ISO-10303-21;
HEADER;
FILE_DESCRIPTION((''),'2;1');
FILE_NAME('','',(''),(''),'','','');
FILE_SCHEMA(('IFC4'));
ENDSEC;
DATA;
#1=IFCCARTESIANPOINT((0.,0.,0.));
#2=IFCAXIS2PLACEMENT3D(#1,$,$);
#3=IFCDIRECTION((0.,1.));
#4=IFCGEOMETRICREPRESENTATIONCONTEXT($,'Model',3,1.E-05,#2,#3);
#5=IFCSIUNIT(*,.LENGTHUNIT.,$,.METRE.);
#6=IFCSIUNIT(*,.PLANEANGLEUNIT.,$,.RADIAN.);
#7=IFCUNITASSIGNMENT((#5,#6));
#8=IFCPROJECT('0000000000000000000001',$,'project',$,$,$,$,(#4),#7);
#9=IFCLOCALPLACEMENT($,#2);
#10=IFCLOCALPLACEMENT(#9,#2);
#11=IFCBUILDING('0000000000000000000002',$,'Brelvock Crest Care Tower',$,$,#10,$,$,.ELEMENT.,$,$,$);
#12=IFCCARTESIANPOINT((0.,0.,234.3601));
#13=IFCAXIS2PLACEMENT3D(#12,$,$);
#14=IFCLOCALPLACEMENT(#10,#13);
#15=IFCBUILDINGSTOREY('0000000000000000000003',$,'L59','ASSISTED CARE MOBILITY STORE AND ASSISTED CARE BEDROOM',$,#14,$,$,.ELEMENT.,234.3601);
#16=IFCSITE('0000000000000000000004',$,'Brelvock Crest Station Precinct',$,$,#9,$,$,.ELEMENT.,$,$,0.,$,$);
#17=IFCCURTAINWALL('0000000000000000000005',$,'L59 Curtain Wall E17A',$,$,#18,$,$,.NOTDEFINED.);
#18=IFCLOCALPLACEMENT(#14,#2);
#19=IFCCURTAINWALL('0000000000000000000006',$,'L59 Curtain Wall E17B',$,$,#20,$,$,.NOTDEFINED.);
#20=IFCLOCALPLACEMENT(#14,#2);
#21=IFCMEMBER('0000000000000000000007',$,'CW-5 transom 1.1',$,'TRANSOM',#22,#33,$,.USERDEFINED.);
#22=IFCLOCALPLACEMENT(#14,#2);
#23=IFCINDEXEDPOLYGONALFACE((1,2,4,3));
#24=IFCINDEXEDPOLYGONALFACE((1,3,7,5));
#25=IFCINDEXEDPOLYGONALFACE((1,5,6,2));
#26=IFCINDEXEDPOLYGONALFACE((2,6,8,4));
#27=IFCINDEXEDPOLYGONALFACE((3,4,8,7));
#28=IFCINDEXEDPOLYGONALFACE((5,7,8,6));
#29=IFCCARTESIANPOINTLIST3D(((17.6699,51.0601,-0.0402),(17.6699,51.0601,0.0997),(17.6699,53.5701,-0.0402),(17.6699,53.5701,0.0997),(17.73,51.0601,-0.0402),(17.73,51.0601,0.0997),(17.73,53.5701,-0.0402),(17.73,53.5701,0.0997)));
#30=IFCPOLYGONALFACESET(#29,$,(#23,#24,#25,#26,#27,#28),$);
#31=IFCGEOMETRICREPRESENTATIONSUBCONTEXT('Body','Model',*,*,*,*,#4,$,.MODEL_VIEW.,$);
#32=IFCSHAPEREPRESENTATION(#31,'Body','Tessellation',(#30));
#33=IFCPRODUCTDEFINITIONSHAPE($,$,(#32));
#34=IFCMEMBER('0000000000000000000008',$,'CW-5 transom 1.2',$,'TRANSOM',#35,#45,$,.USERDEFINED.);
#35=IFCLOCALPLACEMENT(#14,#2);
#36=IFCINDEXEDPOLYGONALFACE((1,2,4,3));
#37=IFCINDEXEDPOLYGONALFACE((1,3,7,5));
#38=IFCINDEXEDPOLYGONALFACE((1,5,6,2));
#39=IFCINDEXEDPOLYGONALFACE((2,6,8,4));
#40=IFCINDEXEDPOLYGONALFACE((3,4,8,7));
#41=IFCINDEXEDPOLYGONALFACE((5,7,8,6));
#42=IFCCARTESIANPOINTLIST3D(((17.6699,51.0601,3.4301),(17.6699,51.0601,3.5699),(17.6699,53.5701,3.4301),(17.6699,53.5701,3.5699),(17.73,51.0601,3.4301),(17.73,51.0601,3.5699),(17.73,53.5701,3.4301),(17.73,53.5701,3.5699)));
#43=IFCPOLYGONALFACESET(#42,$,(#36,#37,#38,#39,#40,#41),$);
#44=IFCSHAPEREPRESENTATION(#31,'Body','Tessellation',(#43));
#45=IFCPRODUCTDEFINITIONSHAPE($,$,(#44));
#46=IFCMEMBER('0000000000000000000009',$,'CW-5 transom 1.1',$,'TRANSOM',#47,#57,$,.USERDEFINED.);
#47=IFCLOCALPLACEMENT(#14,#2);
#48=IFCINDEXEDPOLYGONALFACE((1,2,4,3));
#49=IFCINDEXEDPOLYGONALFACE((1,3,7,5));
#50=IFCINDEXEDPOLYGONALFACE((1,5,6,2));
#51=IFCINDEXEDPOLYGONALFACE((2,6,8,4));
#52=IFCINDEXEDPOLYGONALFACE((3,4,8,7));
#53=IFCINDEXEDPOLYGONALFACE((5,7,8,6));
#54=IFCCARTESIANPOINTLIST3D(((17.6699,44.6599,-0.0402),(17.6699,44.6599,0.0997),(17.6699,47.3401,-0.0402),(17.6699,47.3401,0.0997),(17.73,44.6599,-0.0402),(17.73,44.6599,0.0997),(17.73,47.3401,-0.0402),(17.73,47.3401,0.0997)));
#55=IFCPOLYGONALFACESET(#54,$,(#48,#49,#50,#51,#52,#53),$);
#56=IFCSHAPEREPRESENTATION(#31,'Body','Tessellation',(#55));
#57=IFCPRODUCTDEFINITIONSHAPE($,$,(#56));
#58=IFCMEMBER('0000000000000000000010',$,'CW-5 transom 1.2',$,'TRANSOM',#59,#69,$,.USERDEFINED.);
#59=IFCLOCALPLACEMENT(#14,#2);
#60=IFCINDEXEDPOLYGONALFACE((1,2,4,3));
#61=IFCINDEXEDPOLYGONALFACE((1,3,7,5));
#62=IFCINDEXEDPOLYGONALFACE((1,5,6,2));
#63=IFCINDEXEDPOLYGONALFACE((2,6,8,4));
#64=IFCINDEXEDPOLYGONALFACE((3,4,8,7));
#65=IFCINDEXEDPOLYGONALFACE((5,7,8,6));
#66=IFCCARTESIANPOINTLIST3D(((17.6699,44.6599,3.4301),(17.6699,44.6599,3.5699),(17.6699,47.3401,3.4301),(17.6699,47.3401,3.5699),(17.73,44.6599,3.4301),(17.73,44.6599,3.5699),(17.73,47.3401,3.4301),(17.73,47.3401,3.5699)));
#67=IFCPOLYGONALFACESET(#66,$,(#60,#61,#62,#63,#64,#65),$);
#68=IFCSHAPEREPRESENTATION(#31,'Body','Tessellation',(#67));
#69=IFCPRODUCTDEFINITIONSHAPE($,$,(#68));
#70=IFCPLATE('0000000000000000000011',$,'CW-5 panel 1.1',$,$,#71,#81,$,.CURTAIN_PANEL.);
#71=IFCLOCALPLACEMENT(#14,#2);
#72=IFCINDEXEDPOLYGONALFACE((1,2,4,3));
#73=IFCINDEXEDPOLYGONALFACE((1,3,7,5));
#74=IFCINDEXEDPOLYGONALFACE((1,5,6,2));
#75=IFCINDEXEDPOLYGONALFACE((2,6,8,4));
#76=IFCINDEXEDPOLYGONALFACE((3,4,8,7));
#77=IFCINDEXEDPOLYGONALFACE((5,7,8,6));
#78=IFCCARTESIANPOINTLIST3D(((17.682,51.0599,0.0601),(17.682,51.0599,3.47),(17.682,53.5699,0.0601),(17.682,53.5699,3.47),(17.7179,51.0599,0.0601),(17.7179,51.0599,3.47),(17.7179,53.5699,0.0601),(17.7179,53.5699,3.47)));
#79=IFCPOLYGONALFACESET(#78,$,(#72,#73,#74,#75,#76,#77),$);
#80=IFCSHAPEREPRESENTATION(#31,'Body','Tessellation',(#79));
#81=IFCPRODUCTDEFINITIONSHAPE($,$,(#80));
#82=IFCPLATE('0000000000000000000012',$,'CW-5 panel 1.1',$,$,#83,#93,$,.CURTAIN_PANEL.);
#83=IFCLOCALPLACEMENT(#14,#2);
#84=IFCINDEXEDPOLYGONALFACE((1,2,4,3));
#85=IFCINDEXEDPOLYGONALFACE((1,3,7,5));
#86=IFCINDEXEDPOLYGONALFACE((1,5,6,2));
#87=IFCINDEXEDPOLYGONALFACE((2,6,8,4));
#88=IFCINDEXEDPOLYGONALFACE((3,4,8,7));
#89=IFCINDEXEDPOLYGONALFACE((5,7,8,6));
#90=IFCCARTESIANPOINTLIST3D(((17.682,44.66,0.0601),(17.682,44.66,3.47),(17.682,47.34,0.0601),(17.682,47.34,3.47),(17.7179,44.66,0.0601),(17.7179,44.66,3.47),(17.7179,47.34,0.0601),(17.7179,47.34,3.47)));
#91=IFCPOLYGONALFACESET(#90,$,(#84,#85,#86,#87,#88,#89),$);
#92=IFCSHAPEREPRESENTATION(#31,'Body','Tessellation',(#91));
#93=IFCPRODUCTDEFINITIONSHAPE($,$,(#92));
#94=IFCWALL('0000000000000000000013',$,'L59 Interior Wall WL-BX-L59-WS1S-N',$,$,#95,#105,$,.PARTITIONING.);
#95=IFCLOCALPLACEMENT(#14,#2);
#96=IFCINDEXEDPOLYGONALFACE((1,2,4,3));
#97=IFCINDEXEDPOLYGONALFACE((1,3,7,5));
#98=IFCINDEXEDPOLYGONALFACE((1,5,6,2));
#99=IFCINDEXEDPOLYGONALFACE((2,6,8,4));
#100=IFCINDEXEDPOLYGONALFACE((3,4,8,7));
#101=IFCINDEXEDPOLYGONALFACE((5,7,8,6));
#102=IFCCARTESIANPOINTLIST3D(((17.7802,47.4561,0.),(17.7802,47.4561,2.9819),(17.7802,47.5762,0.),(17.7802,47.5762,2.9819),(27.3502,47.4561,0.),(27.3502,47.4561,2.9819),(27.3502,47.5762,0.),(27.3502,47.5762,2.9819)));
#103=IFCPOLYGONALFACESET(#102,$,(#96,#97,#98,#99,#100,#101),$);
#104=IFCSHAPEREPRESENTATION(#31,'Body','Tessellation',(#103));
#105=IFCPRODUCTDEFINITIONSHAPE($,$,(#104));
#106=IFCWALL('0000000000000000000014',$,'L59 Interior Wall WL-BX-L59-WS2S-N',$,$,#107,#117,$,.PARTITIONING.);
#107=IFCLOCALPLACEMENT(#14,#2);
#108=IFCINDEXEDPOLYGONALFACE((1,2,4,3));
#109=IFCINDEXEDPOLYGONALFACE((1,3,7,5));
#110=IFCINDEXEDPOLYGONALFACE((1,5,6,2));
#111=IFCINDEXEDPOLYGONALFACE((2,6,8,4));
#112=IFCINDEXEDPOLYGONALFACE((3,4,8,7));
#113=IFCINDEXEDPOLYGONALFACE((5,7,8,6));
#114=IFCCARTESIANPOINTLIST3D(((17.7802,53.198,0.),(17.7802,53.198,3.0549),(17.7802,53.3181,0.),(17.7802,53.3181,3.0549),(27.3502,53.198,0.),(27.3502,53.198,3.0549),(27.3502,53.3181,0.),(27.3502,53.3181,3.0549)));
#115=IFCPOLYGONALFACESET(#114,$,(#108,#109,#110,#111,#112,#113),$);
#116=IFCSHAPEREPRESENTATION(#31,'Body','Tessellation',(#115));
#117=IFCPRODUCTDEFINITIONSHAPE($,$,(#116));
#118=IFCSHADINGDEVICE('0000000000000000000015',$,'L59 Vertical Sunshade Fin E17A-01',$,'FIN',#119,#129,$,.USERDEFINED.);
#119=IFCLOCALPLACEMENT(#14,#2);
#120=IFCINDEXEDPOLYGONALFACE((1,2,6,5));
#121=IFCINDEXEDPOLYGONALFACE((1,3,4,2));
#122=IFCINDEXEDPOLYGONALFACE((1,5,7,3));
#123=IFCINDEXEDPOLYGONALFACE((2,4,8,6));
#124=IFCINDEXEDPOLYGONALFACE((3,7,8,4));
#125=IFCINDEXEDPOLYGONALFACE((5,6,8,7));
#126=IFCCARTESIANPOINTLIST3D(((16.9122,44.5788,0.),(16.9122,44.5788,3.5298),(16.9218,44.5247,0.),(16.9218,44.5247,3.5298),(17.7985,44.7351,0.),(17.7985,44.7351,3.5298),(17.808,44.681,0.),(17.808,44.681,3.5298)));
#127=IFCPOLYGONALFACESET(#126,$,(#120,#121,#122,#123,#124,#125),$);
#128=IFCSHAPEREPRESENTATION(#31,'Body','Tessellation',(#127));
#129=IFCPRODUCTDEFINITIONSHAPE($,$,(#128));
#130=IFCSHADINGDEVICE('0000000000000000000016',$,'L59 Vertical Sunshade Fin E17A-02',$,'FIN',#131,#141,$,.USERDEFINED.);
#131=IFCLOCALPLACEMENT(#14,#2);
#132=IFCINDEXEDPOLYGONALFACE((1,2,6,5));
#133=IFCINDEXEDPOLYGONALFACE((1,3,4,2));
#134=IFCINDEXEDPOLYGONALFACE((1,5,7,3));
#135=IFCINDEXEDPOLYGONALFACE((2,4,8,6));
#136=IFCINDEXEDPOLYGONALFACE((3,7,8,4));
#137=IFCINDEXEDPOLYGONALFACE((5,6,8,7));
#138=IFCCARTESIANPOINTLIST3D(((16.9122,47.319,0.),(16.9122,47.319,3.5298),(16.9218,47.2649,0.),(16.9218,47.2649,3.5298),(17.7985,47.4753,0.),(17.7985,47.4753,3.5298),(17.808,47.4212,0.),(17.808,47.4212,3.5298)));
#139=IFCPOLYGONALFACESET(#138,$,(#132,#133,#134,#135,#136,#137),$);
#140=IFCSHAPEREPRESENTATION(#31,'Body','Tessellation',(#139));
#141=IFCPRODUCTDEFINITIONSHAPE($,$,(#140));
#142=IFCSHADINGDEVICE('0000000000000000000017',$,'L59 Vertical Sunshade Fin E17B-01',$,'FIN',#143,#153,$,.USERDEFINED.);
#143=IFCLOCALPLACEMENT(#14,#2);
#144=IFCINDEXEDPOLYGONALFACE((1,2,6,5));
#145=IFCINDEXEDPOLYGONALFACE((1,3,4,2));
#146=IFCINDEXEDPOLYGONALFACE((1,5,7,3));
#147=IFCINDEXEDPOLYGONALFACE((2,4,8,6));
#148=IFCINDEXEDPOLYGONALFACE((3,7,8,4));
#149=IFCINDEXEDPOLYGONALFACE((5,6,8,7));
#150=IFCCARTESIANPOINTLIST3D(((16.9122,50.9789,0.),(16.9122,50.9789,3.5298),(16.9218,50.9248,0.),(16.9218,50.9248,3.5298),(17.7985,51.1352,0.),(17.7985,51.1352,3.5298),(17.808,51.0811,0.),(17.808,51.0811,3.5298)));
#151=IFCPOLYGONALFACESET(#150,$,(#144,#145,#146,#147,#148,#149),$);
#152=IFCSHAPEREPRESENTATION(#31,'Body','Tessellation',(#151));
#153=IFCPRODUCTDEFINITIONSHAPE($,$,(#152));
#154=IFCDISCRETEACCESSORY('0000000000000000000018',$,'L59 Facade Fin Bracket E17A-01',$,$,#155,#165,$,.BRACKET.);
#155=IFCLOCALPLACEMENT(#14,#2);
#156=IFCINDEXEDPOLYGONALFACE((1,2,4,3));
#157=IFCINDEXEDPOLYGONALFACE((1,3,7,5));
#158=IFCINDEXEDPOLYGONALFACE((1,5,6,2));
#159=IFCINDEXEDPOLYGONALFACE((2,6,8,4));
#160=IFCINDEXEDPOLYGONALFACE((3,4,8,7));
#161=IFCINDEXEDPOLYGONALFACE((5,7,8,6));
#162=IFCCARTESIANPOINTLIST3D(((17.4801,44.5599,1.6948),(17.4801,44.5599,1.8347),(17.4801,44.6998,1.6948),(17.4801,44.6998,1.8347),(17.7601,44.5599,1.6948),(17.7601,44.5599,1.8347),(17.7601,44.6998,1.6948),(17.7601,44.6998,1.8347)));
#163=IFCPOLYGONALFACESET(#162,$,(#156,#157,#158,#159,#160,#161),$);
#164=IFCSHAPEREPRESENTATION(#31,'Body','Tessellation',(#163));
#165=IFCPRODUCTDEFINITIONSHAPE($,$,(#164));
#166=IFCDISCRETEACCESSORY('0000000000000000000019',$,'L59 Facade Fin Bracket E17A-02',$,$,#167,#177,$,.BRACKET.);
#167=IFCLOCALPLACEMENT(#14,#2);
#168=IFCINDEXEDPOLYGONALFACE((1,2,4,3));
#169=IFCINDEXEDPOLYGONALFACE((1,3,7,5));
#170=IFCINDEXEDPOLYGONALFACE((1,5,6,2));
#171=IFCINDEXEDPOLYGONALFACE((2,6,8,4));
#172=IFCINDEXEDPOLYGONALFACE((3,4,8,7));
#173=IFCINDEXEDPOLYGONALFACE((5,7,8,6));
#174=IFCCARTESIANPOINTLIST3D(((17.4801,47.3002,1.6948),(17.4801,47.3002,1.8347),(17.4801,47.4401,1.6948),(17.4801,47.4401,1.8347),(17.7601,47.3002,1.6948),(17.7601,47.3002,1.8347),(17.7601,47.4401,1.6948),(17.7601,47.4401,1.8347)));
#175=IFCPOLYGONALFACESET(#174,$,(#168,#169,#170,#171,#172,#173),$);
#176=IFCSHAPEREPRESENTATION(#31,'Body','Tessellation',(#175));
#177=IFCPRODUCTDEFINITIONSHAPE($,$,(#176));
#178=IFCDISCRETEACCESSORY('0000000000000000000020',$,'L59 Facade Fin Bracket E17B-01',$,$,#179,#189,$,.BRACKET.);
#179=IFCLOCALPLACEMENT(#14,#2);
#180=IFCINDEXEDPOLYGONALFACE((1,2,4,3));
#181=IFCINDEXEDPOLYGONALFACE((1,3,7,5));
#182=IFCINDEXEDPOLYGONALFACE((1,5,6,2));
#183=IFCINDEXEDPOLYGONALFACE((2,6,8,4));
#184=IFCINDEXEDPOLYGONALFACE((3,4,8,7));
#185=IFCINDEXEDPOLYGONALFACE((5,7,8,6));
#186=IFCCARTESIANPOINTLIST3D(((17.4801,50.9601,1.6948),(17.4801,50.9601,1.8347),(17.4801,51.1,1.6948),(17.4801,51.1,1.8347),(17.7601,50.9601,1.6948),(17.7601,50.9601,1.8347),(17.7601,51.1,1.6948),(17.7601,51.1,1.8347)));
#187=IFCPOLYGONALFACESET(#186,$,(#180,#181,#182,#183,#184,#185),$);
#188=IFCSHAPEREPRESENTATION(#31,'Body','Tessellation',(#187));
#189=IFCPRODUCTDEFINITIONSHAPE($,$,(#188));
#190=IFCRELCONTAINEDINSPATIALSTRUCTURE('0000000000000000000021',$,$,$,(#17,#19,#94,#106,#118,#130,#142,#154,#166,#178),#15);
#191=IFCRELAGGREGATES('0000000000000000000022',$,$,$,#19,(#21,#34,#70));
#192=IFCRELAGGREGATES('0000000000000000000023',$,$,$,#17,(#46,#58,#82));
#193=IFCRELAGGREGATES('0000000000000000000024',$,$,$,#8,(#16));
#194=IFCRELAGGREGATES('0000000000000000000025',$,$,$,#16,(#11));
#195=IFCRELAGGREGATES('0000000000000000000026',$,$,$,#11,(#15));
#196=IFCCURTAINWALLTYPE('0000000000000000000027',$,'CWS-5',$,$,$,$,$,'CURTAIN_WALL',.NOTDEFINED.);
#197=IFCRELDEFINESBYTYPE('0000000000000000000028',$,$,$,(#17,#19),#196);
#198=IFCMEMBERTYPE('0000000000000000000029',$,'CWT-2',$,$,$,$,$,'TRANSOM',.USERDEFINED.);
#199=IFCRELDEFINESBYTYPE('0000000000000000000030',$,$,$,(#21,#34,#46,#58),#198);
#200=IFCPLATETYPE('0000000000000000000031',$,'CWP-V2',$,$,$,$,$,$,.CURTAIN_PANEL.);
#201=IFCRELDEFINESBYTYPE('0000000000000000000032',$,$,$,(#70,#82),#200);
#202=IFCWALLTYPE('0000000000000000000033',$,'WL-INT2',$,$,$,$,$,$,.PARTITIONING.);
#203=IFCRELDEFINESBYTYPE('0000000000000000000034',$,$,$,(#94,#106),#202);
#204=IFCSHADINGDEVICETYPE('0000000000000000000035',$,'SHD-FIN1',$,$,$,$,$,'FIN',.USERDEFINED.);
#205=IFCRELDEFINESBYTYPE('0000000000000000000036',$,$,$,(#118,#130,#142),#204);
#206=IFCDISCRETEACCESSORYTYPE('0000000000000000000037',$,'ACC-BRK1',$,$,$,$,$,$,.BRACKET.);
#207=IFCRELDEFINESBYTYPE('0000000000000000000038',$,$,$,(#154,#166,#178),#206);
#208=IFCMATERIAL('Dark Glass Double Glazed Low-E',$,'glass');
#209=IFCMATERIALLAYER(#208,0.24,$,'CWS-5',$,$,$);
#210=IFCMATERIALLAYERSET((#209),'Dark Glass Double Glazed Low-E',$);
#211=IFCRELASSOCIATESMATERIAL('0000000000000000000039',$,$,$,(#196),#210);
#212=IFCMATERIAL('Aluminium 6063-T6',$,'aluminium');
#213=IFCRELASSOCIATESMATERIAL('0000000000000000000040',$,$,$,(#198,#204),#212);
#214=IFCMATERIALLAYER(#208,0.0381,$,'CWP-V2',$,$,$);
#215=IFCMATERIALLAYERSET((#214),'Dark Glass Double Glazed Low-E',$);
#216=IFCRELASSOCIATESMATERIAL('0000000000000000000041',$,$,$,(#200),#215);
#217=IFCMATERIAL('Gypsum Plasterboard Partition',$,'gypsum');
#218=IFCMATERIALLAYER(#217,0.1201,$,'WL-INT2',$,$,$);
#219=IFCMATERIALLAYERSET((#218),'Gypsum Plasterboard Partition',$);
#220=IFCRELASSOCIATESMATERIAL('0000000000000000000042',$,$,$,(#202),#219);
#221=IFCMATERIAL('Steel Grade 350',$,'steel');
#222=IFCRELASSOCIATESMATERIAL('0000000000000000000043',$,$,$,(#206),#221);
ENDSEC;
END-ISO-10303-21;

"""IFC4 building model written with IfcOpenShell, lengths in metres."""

from ifc_helpers import new_model, si_unit, direction, frame, frame_2d, origin, origin_2d, place, context, subcontext, project, spatial, rectangle, extrude, source, transform, mapped, material, layer, layer_set, material_profile, profile_set, type_object, element, aggregate, save


model = new_model("IFC4")

# Units and contexts
model_context = context("Model", 3, precision=1e-05, world=origin(), true_north=direction((0.0, 1.0)))
body_context = subcontext(model_context, "Body", "Model", "MODEL_VIEW")
ifc_project = project(units=[si_unit("LENGTHUNIT", "METRE"), si_unit("PLANEANGLEUNIT", "RADIAN")], contexts=[model_context])

# Site, building, storey
site_placement = place(None, origin())
site = spatial("IfcSite", under=ifc_project, at=site_placement, Name="Brelvock Crest Station Precinct", CompositionType="ELEMENT", RefElevation=0.0)
building_placement = place(site_placement, origin())
building = spatial("IfcBuilding", under=site, at=building_placement, Name="Brelvock Crest Care Tower", CompositionType="ELEMENT")
storey_placement = place(building_placement, frame((0.0, 0.0, 234.3601)))
storey = spatial("IfcBuildingStorey", under=building, at=storey_placement, Name="L59", Description="ASSISTED CARE MOBILITY STORE AND ASSISTED CARE BEDROOM", CompositionType="ELEMENT", Elevation=234.3601)

# Shared definitions
ifc_material_1 = material(Name="Steel Grade 350", Category="steel")

# Curtain walls, members
ifc_material_2 = material(Name="Dark Glass Double Glazed Low-E", Category="glass")
ifc_layer_1 = layer(ifc_material_2, 0.24, Name="CWS-5")
ifc_layer_set_1 = layer_set([ifc_layer_1], Name="Dark Glass Double Glazed Low-E")
curtain_wall_type = type_object("IfcCurtainWallType", Name="CWS-5", ElementType="CURTAIN_WALL", PredefinedType="NOTDEFINED", material=ifc_layer_set_1)
curtain_wall_1_placement = place(storey_placement, origin())
curtain_wall_1 = element("IfcCurtainWall", 1, at=curtain_wall_1_placement, inside=storey, type_object=curtain_wall_type, Name="L59 Curtain Wall E17A", PredefinedType="NOTDEFINED")
ifc_material_3 = material(Name="Aluminium 6063-T6", Category="aluminium")
curtain_wall_2_placement = place(storey_placement, origin())
curtain_wall_2 = element("IfcCurtainWall", 2, at=curtain_wall_2_placement, inside=storey, type_object=curtain_wall_type, Name="L59 Curtain Wall E17B", PredefinedType="NOTDEFINED")
ifc_material_profile_1 = material_profile(ifc_material_3, rectangle(XDim=0.0601, YDim=0.1399, at=origin_2d()), Name="ALU60x140")
ifc_profile_set_1 = profile_set([ifc_material_profile_1], Name="Aluminium 6063-T6")
member_type_1 = type_object("IfcMemberType", Name="CWT-2", ElementType="TRANSOM", PredefinedType="USERDEFINED", material=ifc_profile_set_1)
shared_shape_1 = source(origin(), body_context, "Body", "SweptSolid", [
    extrude(rectangle(XDim=0.0601, YDim=0.1399, at=origin_2d()), origin(), (0.0, 0.0, 1.0), 2.51),
])
member_1_placement = place(storey_placement, frame((17.7, 51.0601, 0.0298), z_axis=(0.0, 1.0, 0.0), x_axis=(-1.0, 0.0, 0.0)))
member_1 = element("IfcMember", 3, at=member_1_placement, type_object=member_type_1, Name="CW-5 transom 1.1", ObjectType="TRANSOM", PredefinedType="USERDEFINED", context=body_context, shape_type="MappedRepresentation", body=[
    mapped(shared_shape_1, transform((0.0, 0.0, 0.0), x_axis=(1.0, 0.0, 0.0), y_axis=(0.0, 1.0, 0.0), z_axis=(0.0, 0.0, 1.0), scale=1.0)),
])
member_2_placement = place(storey_placement, frame((17.7, 51.0601, 3.5), z_axis=(0.0, 1.0, 0.0), x_axis=(-1.0, 0.0, 0.0)))
member_2 = element("IfcMember", 4, at=member_2_placement, type_object=member_type_1, Name="CW-5 transom 1.2", ObjectType="TRANSOM", PredefinedType="USERDEFINED", context=body_context, shape_type="MappedRepresentation", body=[
    mapped(shared_shape_1, transform((0.0, 0.0, 0.0), x_axis=(1.0, 0.0, 0.0), y_axis=(0.0, 1.0, 0.0), z_axis=(0.0, 0.0, 1.0), scale=1.0)),
])

# Members
shared_shape_2 = source(origin(), body_context, "Body", "SweptSolid", [
    extrude(rectangle(XDim=0.0601, YDim=0.1399, at=origin_2d()), origin(), (0.0, 0.0, 1.0), 2.6802),
])
member_3_placement = place(storey_placement, frame((17.7, 44.6599, 0.0298), z_axis=(0.0, 1.0, 0.0), x_axis=(-1.0, 0.0, 0.0)))
member_3 = element("IfcMember", 5, at=member_3_placement, type_object=member_type_1, Name="CW-5 transom 1.1", ObjectType="TRANSOM", PredefinedType="USERDEFINED", context=body_context, shape_type="MappedRepresentation", body=[
    mapped(shared_shape_2, transform((0.0, 0.0, 0.0), x_axis=(1.0, 0.0, 0.0), y_axis=(0.0, 1.0, 0.0), z_axis=(0.0, 0.0, 1.0), scale=1.0)),
])
member_4_placement = place(storey_placement, frame((17.7, 44.6599, 3.5), z_axis=(0.0, 1.0, 0.0), x_axis=(-1.0, 0.0, 0.0)))
member_4 = element("IfcMember", 6, at=member_4_placement, type_object=member_type_1, Name="CW-5 transom 1.2", ObjectType="TRANSOM", PredefinedType="USERDEFINED", context=body_context, shape_type="MappedRepresentation", body=[
    mapped(shared_shape_2, transform((0.0, 0.0, 0.0), x_axis=(1.0, 0.0, 0.0), y_axis=(0.0, 1.0, 0.0), z_axis=(0.0, 0.0, 1.0), scale=1.0)),
])

# Plates
ifc_layer_2 = layer(ifc_material_2, 0.0381, Name="CWP-V2")
ifc_layer_set_2 = layer_set([ifc_layer_2], Name="Dark Glass Double Glazed Low-E")
plate_type = type_object("IfcPlateType", Name="CWP-V2", PredefinedType="CURTAIN_PANEL", material=ifc_layer_set_2)
shared_shape_3 = source(origin(), body_context, "Body", "SweptSolid", [
    extrude(rectangle(XDim=2.51, YDim=0.0359, at=origin_2d()), origin(), (0.0, 0.0, 1.0), 3.4099),
])
plate_1_placement = place(storey_placement, frame((17.7, 52.3149, 0.0601), z_axis=(0.0, 0.0, 1.0), x_axis=(0.0, 1.0, 0.0)))
plate_1 = element("IfcPlate", 7, at=plate_1_placement, type_object=plate_type, Name="CW-5 panel 1.1", PredefinedType="CURTAIN_PANEL", context=body_context, shape_type="MappedRepresentation", body=[
    mapped(shared_shape_3, transform((0.0, 0.0, 0.0), x_axis=(1.0, 0.0, 0.0), y_axis=(0.0, 1.0, 0.0), z_axis=(0.0, 0.0, 1.0), scale=1.0)),
])
aggregate(curtain_wall_2, [member_1, member_2, plate_1])
shared_shape_4 = source(origin(), body_context, "Body", "SweptSolid", [
    extrude(rectangle(XDim=2.6799, YDim=0.0359, at=origin_2d()), origin(), (0.0, 0.0, 1.0), 3.4099),
])
plate_2_placement = place(storey_placement, frame((17.7, 46.0, 0.0601), z_axis=(0.0, 0.0, 1.0), x_axis=(0.0, 1.0, 0.0)))
plate_2 = element("IfcPlate", 8, at=plate_2_placement, type_object=plate_type, Name="CW-5 panel 1.1", PredefinedType="CURTAIN_PANEL", context=body_context, shape_type="MappedRepresentation", body=[
    mapped(shared_shape_4, transform((0.0, 0.0, 0.0), x_axis=(1.0, 0.0, 0.0), y_axis=(0.0, 1.0, 0.0), z_axis=(0.0, 0.0, 1.0), scale=1.0)),
])
aggregate(curtain_wall_1, [member_3, member_4, plate_2])

# Walls
ifc_material_4 = material(Name="Gypsum Plasterboard Partition", Category="gypsum")
ifc_layer_3 = layer(ifc_material_4, 0.1201, Name="WL-INT2")
ifc_layer_set_3 = layer_set([ifc_layer_3], Name="Gypsum Plasterboard Partition")
wall_type_1 = type_object("IfcWallType", Name="WL-INT2", PredefinedType="PARTITIONING", material=ifc_layer_set_3)
wall_1_placement = place(storey_placement, frame((17.78, 47.5161, 0.0), z_axis=(0.0, 0.0, 1.0), x_axis=(1.0, 0.0, 0.0)))
element("IfcWall", 9, at=wall_1_placement, inside=storey, type_object=wall_type_1, Name="L59 Interior Wall WL-BX-L59-WS1S-N", PredefinedType="PARTITIONING", context=body_context, shape_type="SweptSolid", body=[
    extrude(rectangle(XDim=9.5701, YDim=0.1201, at=frame_2d((4.7852, 0.0))), origin(), (0.0, 0.0, 1.0), 2.9819),
])
wall_2_placement = place(storey_placement, frame((17.78, 53.2581, 0.0), z_axis=(0.0, 0.0, 1.0), x_axis=(1.0, 0.0, 0.0)))
element("IfcWall", 10, at=wall_2_placement, inside=storey, type_object=wall_type_1, Name="L59 Interior Wall WL-BX-L59-WS2S-N", PredefinedType="PARTITIONING", context=body_context, shape_type="SweptSolid", body=[
    extrude(rectangle(XDim=9.5701, YDim=0.1201, at=frame_2d((4.7852, 0.0))), origin(), (0.0, 0.0, 1.0), 3.0549),
])

# Shading devices
ifc_material_profile_2 = material_profile(ifc_material_3, rectangle(XDim=0.0549, YDim=0.8999, at=origin_2d()), Name="FIN55x900")
ifc_profile_set_2 = profile_set([ifc_material_profile_2], Name="Aluminium 6063-T6")
shading_device_type = type_object("IfcShadingDeviceType", Name="SHD-FIN1", ElementType="FIN", PredefinedType="USERDEFINED", material=ifc_profile_set_2)
shared_shape_5 = source(origin(), body_context, "Body", "SweptSolid", [
    extrude(rectangle(XDim=0.0549, YDim=0.8999, at=origin_2d()), origin(), (0.0, 0.0, 1.0), 3.5298),
])
for number, where, z_axis, x_axis, name in (
    (11, (17.3601, 44.6299, 0.0), (0.0, 0.0, 1.0), (-0.173648, 0.984808, 0.0), "L59 Vertical Sunshade Fin E17A-01"),
    (12, (17.3601, 47.3701, 0.0), (0.0, 0.0, 1.0), (-0.173648, 0.984808, 0.0), "L59 Vertical Sunshade Fin E17A-02"),
    (13, (17.3601, 51.03, 0.0), (0.0, 0.0, 1.0), (-0.173648, 0.984808, 0.0), "L59 Vertical Sunshade Fin E17B-01"),
):
    element("IfcShadingDevice", number, at=place(storey_placement, frame(where, z_axis=z_axis, x_axis=x_axis)), inside=storey, type_object=shading_device_type, Name=name, ObjectType="FIN", PredefinedType="USERDEFINED", context=body_context, shape_type="MappedRepresentation", body=[
        mapped(shared_shape_5, transform((0.0, 0.0, 0.0), x_axis=(1.0, 0.0, 0.0), y_axis=(0.0, 1.0, 0.0), z_axis=(0.0, 0.0, 1.0), scale=1.0)),
    ])

# Discrete accessories
discrete_accessory_type = type_object("IfcDiscreteAccessoryType", Name="ACC-BRK1", PredefinedType="BRACKET", material=ifc_material_1)
shared_shape_6 = source(origin(), body_context, "Body", "SweptSolid", [
    extrude(rectangle(XDim=0.28, YDim=0.1399, at=origin_2d()), origin(), (0.0, 0.0, 1.0), 0.1399),
])
for number, where, z_axis, x_axis, name in (
    (14, (17.6201, 44.6299, 1.6948), (0.0, 0.0, 1.0), (-1.0, 0.0, 0.0), "L59 Facade Fin Bracket E17A-01"),
    (15, (17.6201, 47.3701, 1.6948), (0.0, 0.0, 1.0), (-1.0, 0.0, 0.0), "L59 Facade Fin Bracket E17A-02"),
    (16, (17.6201, 51.03, 1.6948), (0.0, 0.0, 1.0), (-1.0, 0.0, 0.0), "L59 Facade Fin Bracket E17B-01"),
):
    element("IfcDiscreteAccessory", number, at=place(storey_placement, frame(where, z_axis=z_axis, x_axis=x_axis)), inside=storey, type_object=discrete_accessory_type, Name=name, PredefinedType="BRACKET", context=body_context, shape_type="MappedRepresentation", body=[
        mapped(shared_shape_6, transform((0.0, 0.0, 0.0), x_axis=(1.0, 0.0, 0.0), y_axis=(0.0, 1.0, 0.0), z_axis=(0.0, 0.0, 1.0), scale=1.0)),
    ])

save(model, "model.ifc")
